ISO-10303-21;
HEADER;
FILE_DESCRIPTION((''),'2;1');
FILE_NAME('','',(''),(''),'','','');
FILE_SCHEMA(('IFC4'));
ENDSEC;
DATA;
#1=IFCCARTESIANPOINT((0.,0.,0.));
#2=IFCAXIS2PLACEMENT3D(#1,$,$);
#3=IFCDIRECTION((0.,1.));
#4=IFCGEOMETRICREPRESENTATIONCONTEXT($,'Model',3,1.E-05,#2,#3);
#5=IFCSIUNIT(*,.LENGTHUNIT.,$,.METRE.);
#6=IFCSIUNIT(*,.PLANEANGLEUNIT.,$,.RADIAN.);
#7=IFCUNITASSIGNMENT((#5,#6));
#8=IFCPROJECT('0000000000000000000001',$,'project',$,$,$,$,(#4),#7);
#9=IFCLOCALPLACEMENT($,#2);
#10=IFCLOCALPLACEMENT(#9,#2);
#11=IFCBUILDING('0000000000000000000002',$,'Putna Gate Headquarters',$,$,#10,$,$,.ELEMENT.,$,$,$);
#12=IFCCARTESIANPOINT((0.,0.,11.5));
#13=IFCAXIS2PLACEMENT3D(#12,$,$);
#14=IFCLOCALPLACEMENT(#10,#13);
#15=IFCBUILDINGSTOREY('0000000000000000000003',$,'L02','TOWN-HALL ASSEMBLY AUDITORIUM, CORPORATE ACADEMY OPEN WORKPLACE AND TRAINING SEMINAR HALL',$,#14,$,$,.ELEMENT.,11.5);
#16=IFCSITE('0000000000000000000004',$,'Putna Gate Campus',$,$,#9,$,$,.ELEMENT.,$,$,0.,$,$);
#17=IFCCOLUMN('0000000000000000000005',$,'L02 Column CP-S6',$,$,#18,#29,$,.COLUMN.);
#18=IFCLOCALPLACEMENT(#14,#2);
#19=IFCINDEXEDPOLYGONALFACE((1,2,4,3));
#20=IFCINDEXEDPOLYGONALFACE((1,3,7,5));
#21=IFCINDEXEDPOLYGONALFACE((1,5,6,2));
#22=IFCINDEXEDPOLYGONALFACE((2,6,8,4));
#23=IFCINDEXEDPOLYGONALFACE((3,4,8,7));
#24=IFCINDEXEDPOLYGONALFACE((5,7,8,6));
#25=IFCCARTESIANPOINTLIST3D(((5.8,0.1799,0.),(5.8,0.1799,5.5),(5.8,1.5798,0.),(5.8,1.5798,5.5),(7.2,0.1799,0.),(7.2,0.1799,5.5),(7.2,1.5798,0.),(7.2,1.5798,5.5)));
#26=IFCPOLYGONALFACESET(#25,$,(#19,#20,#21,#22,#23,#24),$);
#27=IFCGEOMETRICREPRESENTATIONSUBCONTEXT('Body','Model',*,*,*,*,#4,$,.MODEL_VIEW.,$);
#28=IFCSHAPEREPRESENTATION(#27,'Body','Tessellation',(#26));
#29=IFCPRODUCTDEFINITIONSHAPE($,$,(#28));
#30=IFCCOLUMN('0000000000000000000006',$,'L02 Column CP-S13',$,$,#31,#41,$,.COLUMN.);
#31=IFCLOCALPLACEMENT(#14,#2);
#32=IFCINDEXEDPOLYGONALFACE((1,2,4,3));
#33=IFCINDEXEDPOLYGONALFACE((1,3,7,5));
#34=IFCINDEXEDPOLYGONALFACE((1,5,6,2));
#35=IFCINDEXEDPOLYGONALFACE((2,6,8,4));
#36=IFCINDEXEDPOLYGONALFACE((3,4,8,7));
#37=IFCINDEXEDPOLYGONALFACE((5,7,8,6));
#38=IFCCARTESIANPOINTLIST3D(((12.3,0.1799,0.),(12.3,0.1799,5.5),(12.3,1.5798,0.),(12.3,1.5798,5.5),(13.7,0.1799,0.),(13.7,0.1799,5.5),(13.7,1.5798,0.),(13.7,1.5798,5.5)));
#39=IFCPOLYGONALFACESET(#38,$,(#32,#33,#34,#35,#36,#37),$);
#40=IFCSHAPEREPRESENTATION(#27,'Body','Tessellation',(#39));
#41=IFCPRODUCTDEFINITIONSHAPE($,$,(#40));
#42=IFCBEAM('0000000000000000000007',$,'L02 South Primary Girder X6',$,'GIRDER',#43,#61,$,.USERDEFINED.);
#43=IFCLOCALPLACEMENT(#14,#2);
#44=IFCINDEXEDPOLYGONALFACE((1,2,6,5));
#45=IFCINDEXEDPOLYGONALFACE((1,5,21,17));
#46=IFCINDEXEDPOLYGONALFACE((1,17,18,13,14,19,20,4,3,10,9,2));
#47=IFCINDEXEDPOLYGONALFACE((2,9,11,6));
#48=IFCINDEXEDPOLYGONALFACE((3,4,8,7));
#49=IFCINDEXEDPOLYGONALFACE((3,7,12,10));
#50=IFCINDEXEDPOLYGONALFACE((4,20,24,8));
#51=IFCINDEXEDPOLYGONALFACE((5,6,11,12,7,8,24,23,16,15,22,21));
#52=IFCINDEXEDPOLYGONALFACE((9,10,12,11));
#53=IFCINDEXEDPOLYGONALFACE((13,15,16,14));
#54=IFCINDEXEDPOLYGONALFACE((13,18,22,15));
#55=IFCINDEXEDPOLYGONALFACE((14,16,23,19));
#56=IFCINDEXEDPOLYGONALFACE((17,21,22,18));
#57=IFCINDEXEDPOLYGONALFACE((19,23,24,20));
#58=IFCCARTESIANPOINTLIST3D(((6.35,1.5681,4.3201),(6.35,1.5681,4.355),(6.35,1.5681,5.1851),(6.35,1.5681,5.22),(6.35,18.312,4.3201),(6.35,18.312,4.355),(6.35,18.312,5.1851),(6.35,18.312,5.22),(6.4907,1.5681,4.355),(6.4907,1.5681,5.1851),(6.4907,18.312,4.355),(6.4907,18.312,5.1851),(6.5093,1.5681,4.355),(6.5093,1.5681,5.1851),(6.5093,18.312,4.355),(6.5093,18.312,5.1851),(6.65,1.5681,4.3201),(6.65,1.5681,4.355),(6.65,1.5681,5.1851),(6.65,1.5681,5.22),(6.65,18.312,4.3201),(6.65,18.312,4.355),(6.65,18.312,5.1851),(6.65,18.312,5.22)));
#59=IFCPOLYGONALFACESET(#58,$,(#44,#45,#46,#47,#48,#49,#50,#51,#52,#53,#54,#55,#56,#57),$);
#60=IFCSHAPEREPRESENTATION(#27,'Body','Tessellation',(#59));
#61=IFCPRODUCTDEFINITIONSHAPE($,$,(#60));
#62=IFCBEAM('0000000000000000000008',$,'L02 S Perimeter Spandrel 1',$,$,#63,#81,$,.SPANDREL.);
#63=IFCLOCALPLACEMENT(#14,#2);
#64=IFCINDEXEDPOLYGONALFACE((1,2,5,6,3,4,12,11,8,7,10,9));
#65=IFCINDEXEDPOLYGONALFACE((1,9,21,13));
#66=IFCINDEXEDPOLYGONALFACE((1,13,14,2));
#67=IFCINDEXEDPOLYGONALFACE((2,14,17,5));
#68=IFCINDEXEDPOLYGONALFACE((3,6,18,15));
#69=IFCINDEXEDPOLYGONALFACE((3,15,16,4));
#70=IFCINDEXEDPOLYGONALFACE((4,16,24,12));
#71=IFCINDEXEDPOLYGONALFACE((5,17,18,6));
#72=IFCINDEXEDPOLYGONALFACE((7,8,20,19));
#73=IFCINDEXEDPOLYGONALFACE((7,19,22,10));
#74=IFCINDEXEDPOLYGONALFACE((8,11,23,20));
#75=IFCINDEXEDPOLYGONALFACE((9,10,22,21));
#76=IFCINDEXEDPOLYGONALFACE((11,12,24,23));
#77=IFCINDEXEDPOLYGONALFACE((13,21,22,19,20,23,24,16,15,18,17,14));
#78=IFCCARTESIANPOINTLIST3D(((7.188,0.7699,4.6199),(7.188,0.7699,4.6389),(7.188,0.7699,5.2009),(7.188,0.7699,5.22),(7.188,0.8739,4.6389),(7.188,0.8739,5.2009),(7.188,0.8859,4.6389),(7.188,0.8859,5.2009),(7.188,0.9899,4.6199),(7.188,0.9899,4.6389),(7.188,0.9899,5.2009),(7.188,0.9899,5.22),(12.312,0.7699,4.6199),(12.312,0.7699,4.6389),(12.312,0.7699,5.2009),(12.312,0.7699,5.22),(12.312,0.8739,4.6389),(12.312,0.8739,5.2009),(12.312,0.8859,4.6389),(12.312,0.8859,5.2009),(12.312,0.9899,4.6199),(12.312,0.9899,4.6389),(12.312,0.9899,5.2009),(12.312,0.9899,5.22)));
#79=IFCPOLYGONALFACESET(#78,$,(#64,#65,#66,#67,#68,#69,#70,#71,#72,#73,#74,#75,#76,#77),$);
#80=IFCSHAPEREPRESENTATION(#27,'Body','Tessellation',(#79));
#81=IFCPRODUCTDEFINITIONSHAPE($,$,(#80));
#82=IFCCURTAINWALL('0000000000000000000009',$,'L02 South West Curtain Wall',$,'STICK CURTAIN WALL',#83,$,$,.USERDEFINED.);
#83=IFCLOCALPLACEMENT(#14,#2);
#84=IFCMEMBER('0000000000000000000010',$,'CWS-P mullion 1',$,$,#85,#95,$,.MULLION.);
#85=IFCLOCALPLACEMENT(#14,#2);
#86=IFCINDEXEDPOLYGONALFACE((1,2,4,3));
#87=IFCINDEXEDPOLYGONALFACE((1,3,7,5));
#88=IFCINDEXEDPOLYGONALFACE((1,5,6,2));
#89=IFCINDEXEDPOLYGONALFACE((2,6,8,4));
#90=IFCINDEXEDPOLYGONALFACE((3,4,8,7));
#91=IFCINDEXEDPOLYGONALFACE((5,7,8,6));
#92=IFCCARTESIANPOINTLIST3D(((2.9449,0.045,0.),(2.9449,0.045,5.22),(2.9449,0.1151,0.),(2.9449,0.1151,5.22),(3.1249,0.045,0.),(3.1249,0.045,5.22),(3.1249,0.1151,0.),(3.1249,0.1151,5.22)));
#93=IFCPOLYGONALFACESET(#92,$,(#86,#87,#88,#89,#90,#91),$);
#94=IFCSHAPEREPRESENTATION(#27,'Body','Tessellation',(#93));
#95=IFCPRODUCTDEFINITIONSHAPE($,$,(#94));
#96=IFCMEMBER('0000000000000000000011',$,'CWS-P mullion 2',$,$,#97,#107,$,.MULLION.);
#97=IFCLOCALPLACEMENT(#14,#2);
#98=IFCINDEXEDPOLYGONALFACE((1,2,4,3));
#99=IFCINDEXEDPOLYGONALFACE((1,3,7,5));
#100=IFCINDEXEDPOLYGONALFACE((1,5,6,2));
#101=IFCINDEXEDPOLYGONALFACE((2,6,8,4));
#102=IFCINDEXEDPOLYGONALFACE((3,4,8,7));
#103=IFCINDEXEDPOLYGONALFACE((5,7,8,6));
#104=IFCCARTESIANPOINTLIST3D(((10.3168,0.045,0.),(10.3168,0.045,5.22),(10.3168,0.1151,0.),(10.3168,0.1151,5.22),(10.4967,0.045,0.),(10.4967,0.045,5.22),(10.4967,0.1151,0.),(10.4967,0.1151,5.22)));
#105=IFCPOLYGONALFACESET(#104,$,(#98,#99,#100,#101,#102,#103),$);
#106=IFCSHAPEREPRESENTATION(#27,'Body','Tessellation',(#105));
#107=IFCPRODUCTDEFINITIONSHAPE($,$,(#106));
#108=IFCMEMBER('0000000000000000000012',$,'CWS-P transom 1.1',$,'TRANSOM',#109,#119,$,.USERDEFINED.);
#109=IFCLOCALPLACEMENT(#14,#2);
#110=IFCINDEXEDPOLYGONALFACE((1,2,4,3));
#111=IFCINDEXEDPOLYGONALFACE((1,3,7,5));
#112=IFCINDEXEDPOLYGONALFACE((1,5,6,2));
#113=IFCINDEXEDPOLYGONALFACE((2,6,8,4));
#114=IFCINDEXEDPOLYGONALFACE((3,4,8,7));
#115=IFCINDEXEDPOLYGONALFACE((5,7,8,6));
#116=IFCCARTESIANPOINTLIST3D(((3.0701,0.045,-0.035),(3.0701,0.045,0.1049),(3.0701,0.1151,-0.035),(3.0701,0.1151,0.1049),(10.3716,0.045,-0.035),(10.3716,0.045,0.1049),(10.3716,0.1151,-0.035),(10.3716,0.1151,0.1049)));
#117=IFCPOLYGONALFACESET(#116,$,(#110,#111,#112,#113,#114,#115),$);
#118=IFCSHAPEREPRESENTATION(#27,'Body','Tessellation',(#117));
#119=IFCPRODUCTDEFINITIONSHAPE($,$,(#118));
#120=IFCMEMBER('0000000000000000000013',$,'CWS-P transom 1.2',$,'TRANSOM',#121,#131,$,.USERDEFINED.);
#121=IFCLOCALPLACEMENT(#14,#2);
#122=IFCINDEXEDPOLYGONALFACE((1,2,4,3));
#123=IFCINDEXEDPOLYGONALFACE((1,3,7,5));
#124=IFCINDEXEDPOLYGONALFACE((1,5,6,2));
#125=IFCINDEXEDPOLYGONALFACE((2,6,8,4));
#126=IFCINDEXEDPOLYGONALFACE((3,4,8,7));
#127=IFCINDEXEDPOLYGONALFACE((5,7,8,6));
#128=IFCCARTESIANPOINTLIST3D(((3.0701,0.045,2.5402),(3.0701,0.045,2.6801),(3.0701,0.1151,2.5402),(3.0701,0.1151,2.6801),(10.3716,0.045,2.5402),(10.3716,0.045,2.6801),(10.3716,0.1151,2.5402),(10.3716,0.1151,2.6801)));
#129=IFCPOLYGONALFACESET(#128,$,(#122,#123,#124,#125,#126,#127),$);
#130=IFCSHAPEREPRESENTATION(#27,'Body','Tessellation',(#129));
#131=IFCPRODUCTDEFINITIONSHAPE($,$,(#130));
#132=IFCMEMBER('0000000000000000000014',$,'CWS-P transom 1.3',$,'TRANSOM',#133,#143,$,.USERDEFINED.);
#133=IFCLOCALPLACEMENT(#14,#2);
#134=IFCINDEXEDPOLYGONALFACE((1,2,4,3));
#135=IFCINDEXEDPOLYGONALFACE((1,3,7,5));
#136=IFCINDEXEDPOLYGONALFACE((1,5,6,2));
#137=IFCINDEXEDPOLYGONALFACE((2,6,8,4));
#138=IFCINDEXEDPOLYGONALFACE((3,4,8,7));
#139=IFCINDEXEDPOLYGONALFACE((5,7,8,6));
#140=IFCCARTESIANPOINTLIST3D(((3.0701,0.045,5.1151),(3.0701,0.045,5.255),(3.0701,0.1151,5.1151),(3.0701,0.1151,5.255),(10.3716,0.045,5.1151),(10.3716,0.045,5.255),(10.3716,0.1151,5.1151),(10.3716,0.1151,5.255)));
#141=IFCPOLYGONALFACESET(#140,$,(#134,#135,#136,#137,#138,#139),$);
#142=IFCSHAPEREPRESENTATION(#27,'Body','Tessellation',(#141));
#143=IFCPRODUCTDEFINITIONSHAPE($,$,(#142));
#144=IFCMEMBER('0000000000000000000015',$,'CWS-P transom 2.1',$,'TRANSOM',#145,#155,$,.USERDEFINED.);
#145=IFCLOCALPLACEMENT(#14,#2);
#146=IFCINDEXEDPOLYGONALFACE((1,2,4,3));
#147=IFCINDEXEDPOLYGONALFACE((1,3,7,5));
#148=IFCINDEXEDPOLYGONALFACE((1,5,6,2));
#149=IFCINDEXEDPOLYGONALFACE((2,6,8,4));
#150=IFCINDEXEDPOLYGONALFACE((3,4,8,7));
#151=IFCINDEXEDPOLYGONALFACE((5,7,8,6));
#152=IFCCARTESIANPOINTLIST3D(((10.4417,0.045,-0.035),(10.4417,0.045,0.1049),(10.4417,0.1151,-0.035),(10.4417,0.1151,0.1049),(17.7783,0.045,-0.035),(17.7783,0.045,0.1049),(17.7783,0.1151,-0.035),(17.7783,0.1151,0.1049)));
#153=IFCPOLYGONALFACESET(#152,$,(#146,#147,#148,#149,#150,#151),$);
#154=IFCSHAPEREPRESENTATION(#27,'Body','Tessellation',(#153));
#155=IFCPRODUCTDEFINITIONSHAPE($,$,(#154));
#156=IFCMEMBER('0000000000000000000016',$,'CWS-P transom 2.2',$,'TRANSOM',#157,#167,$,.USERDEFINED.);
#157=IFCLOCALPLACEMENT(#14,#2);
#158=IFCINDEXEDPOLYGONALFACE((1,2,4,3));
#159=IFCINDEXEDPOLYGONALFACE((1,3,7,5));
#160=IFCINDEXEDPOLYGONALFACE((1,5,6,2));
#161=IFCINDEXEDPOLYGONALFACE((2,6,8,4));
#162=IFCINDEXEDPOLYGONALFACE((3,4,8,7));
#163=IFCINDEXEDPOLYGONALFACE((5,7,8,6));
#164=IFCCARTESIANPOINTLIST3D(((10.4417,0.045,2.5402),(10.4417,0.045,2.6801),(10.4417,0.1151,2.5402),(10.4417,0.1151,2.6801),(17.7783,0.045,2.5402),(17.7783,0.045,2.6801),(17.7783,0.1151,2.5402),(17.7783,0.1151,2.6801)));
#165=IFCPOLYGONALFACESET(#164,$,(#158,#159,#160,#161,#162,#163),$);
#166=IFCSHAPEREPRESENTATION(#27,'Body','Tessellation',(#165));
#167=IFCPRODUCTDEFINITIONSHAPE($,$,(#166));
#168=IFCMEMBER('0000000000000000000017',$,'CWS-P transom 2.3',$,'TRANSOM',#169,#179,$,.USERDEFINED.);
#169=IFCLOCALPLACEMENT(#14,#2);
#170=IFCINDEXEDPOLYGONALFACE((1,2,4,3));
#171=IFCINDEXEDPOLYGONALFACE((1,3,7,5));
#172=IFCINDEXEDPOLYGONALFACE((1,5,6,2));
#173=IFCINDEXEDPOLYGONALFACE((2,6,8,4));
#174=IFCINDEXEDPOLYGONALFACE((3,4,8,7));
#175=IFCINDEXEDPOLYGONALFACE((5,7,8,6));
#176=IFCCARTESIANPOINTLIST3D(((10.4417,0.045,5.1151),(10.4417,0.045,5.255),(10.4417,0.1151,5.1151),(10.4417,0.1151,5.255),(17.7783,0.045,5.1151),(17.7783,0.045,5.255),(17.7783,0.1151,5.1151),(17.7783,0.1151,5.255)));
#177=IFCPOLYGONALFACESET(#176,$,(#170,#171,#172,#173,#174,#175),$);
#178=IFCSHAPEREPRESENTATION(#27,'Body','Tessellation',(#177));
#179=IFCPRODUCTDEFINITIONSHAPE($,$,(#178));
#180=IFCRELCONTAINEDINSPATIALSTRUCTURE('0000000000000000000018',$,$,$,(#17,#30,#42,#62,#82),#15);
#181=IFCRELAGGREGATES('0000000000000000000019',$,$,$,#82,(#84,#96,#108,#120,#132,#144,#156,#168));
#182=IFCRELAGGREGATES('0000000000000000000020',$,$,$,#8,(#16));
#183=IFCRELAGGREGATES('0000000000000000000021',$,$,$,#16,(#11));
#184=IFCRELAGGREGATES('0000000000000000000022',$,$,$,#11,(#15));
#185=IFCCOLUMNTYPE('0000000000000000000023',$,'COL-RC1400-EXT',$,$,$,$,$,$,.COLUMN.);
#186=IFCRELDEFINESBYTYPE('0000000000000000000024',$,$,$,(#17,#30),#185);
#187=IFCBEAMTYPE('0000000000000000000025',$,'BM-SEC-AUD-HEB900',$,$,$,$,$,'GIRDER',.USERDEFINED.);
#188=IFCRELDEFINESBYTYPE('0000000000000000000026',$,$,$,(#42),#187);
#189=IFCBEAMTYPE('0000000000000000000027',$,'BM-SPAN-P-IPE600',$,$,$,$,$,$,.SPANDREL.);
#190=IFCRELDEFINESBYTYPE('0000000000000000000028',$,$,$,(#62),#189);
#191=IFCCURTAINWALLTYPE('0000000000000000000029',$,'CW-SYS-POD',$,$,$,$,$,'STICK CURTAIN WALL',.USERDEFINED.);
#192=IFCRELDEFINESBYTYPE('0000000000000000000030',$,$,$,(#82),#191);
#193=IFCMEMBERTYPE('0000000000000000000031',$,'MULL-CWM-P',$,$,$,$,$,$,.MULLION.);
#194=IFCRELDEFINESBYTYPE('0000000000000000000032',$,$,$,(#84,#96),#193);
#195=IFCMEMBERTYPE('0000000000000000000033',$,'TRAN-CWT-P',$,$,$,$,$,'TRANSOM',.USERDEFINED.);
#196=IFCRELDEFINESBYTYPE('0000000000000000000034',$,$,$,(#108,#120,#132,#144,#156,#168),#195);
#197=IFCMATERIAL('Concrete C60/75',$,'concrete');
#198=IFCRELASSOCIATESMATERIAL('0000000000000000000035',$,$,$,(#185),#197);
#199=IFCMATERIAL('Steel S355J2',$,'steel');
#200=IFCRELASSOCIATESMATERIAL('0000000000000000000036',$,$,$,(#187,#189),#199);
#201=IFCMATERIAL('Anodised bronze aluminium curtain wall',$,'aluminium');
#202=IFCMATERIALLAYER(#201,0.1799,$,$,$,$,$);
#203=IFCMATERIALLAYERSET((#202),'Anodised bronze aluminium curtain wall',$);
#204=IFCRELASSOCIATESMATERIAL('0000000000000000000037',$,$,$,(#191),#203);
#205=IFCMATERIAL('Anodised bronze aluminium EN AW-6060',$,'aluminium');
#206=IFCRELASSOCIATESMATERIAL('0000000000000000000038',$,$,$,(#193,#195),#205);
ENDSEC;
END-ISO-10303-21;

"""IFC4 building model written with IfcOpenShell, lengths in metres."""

from ifc_helpers import new_model, si_unit, direction, frame, origin, origin_2d, place, context, subcontext, project, spatial, rectangle, i_section, extrude, material, layer, layer_set, material_profile, profile_set, type_object, element, aggregate, save


model = new_model("IFC4")

# Units and contexts
model_context = context("Model", 3, precision=1e-05, world=origin(), true_north=direction((0.0, 1.0)))
body_context = subcontext(model_context, "Body", "Model", "MODEL_VIEW")
ifc_project = project(units=[si_unit("LENGTHUNIT", "METRE"), si_unit("PLANEANGLEUNIT", "RADIAN")], contexts=[model_context])

# Site, building, storey
site_placement = place(None, origin())
site = spatial("IfcSite", under=ifc_project, at=site_placement, Name="Putna Gate Campus", CompositionType="ELEMENT", RefElevation=0.0)
building_placement = place(site_placement, origin())
building = spatial("IfcBuilding", under=site, at=building_placement, Name="Putna Gate Headquarters", CompositionType="ELEMENT")
storey_placement = place(building_placement, frame((0.0, 0.0, 11.5)))
storey = spatial("IfcBuildingStorey", under=building, at=storey_placement, Name="L02", Description="TOWN-HALL ASSEMBLY AUDITORIUM, CORPORATE ACADEMY OPEN WORKPLACE AND TRAINING SEMINAR HALL", CompositionType="ELEMENT", Elevation=11.5)

# Columns
ifc_material_1 = material(Name="Concrete C60/75", Category="concrete")
ifc_material_profile_1 = material_profile(ifc_material_1, rectangle(XDim=1.3999, YDim=1.3999, at=origin_2d()), Name="Concrete C60/75")
ifc_profile_set_1 = profile_set([ifc_material_profile_1], Name="Concrete C60/75")
column_type = type_object("IfcColumnType", Name="COL-RC1400-EXT", PredefinedType="COLUMN", material=ifc_profile_set_1)
for number, where, z_axis, x_axis, name in (
    (1, (6.5, 0.8799, 0.0), (0.0, 0.0, 1.0), (1.0, 0.0, 0.0), "L02 Column CP-S6"),
    (2, (13.0, 0.8799, 0.0), (0.0, 0.0, 1.0), (1.0, 0.0, 0.0), "L02 Column CP-S13"),
):
    element("IfcColumn", number, at=place(storey_placement, frame(where, z_axis=z_axis, x_axis=x_axis)), inside=storey, type_object=column_type, Name=name, PredefinedType="COLUMN", context=body_context, shape_type="SweptSolid", body=[
        extrude(rectangle(XDim=1.3999, YDim=1.3999, at=origin_2d()), origin(), (0.0, 0.0, 1.0), 5.5),
    ])

# Beams
ifc_material_2 = material(Name="Steel S355J2", Category="steel")
ifc_material_profile_2 = material_profile(ifc_material_2, i_section(OverallWidth=0.3, OverallDepth=0.8999, WebThickness=0.0186, FlangeThickness=0.0349, at=origin_2d()), Name="Steel S355J2")
ifc_profile_set_2 = profile_set([ifc_material_profile_2], Name="Steel S355J2")
beam_type_1 = type_object("IfcBeamType", Name="BM-SEC-AUD-HEB900", ElementType="GIRDER", PredefinedType="USERDEFINED", material=ifc_profile_set_2)
beam_1_placement = place(storey_placement, frame((6.5, 1.5681, 4.77), z_axis=(0.0, 1.0, 0.0), x_axis=(-1.0, 0.0, 0.0)))
element("IfcBeam", 3, at=beam_1_placement, inside=storey, type_object=beam_type_1, Name="L02 South Primary Girder X6", ObjectType="GIRDER", PredefinedType="USERDEFINED", context=body_context, shape_type="SweptSolid", body=[
    extrude(i_section(OverallWidth=0.3, OverallDepth=0.8999, WebThickness=0.0186, FlangeThickness=0.0349, at=origin_2d()), origin(), (0.0, 0.0, 1.0), 16.7439),
])
ifc_material_profile_3 = material_profile(ifc_material_2, i_section(OverallWidth=0.22, OverallDepth=0.6001, WebThickness=0.012, FlangeThickness=0.019, at=origin_2d()), Name="Steel S355J2")
ifc_profile_set_3 = profile_set([ifc_material_profile_3], Name="Steel S355J2")
beam_type_2 = type_object("IfcBeamType", Name="BM-SPAN-P-IPE600", PredefinedType="SPANDREL", material=ifc_profile_set_3)
beam_2_placement = place(storey_placement, frame((7.188, 0.8799, 4.9199), z_axis=(1.0, 0.0, 0.0), x_axis=(0.0, 1.0, 0.0)))
element("IfcBeam", 4, at=beam_2_placement, inside=storey, type_object=beam_type_2, Name="L02 S Perimeter Spandrel 1", PredefinedType="SPANDREL", context=body_context, shape_type="SweptSolid", body=[
    extrude(i_section(OverallWidth=0.22, OverallDepth=0.6001, WebThickness=0.012, FlangeThickness=0.019, at=origin_2d()), origin(), (0.0, 0.0, 1.0), 5.124),
])

# Curtain wall, members
ifc_material_3 = material(Name="Anodised bronze aluminium curtain wall", Category="aluminium")
ifc_layer_1 = layer(ifc_material_3, 0.1799)
ifc_layer_set_1 = layer_set([ifc_layer_1], Name="Anodised bronze aluminium curtain wall")
curtain_wall_type = type_object("IfcCurtainWallType", Name="CW-SYS-POD", ElementType="STICK CURTAIN WALL", PredefinedType="USERDEFINED", material=ifc_layer_set_1)
curtain_wall_placement = place(storey_placement, origin())
curtain_wall = element("IfcCurtainWall", 5, at=curtain_wall_placement, inside=storey, type_object=curtain_wall_type, Name="L02 South West Curtain Wall", ObjectType="STICK CURTAIN WALL", PredefinedType="USERDEFINED")
ifc_material_4 = material(Name="Anodised bronze aluminium EN AW-6060", Category="aluminium")
ifc_material_profile_4 = material_profile(ifc_material_4, rectangle(XDim=0.0701, YDim=0.1799, at=origin_2d()), Name="Anodised bronze aluminium EN AW-6060")
ifc_profile_set_4 = profile_set([ifc_material_profile_4], Name="Anodised bronze aluminium EN AW-6060")
member_type_1 = type_object("IfcMemberType", Name="MULL-CWM-P", PredefinedType="MULLION", material=ifc_profile_set_4)
member_1_placement = place(storey_placement, frame((3.0349, 0.0801, 0.0), z_axis=(0.0, 0.0, 1.0), x_axis=(0.0, 1.0, 0.0)))
member_1 = element("IfcMember", 6, at=member_1_placement, type_object=member_type_1, Name="CWS-P mullion 1", PredefinedType="MULLION", context=body_context, shape_type="SweptSolid", body=[
    extrude(rectangle(XDim=0.0701, YDim=0.1799, at=origin_2d()), origin(), (0.0, 0.0, 1.0), 5.22),
])
member_2_placement = place(storey_placement, frame((10.4067, 0.0801, 0.0), z_axis=(0.0, 0.0, 1.0), x_axis=(0.0, 1.0, 0.0)))
member_2 = element("IfcMember", 7, at=member_2_placement, type_object=member_type_1, Name="CWS-P mullion 2", PredefinedType="MULLION", context=body_context, shape_type="SweptSolid", body=[
    extrude(rectangle(XDim=0.0701, YDim=0.1799, at=origin_2d()), origin(), (0.0, 0.0, 1.0), 5.22),
])
ifc_material_profile_5 = material_profile(ifc_material_4, rectangle(XDim=0.0701, YDim=0.1399, at=origin_2d()), Name="Anodised bronze aluminium EN AW-6060")
ifc_profile_set_5 = profile_set([ifc_material_profile_5], Name="Anodised bronze aluminium EN AW-6060")
member_type_2 = type_object("IfcMemberType", Name="TRAN-CWT-P", ElementType="TRANSOM", PredefinedType="USERDEFINED", material=ifc_profile_set_5)
member_3_placement = place(storey_placement, frame((3.0701, 0.0801, 0.0349), z_axis=(1.0, 0.0, 0.0), x_axis=(0.0, 1.0, 0.0)))
member_3 = element("IfcMember", 8, at=member_3_placement, type_object=member_type_2, Name="CWS-P transom 1.1", ObjectType="TRANSOM", PredefinedType="USERDEFINED", context=body_context, shape_type="SweptSolid", body=[
    extrude(rectangle(XDim=0.0701, YDim=0.1399, at=origin_2d()), origin(), (0.0, 0.0, 1.0), 7.3015),
])
member_4_placement = place(storey_placement, frame((3.0701, 0.0801, 2.6101), z_axis=(1.0, 0.0, 0.0), x_axis=(0.0, 1.0, 0.0)))
member_4 = element("IfcMember", 9, at=member_4_placement, type_object=member_type_2, Name="CWS-P transom 1.2", ObjectType="TRANSOM", PredefinedType="USERDEFINED", context=body_context, shape_type="SweptSolid", body=[
    extrude(rectangle(XDim=0.0701, YDim=0.1399, at=origin_2d()), origin(), (0.0, 0.0, 1.0), 7.3015),
])
member_5_placement = place(storey_placement, frame((3.0701, 0.0801, 5.1851), z_axis=(1.0, 0.0, 0.0), x_axis=(0.0, 1.0, 0.0)))
member_5 = element("IfcMember", 10, at=member_5_placement, type_object=member_type_2, Name="CWS-P transom 1.3", ObjectType="TRANSOM", PredefinedType="USERDEFINED", context=body_context, shape_type="SweptSolid", body=[
    extrude(rectangle(XDim=0.0701, YDim=0.1399, at=origin_2d()), origin(), (0.0, 0.0, 1.0), 7.3015),
])
member_6_placement = place(storey_placement, frame((10.4417, 0.0801, 0.0349), z_axis=(1.0, 0.0, 0.0), x_axis=(0.0, 1.0, 0.0)))
member_6 = element("IfcMember", 11, at=member_6_placement, type_object=member_type_2, Name="CWS-P transom 2.1", ObjectType="TRANSOM", PredefinedType="USERDEFINED", context=body_context, shape_type="SweptSolid", body=[
    extrude(rectangle(XDim=0.0701, YDim=0.1399, at=origin_2d()), origin(), (0.0, 0.0, 1.0), 7.3367),
])
member_7_placement = place(storey_placement, frame((10.4417, 0.0801, 2.6101), z_axis=(1.0, 0.0, 0.0), x_axis=(0.0, 1.0, 0.0)))
member_7 = element("IfcMember", 12, at=member_7_placement, type_object=member_type_2, Name="CWS-P transom 2.2", ObjectType="TRANSOM", PredefinedType="USERDEFINED", context=body_context, shape_type="SweptSolid", body=[
    extrude(rectangle(XDim=0.0701, YDim=0.1399, at=origin_2d()), origin(), (0.0, 0.0, 1.0), 7.3367),
])
member_8_placement = place(storey_placement, frame((10.4417, 0.0801, 5.1851), z_axis=(1.0, 0.0, 0.0), x_axis=(0.0, 1.0, 0.0)))
member_8 = element("IfcMember", 13, at=member_8_placement, type_object=member_type_2, Name="CWS-P transom 2.3", ObjectType="TRANSOM", PredefinedType="USERDEFINED", context=body_context, shape_type="SweptSolid", body=[
    extrude(rectangle(XDim=0.0701, YDim=0.1399, at=origin_2d()), origin(), (0.0, 0.0, 1.0), 7.3367),
])

aggregate(curtain_wall, [member_1, member_2, member_3, member_4, member_5, member_6, member_7, member_8])

save(model, "model.ifc")
